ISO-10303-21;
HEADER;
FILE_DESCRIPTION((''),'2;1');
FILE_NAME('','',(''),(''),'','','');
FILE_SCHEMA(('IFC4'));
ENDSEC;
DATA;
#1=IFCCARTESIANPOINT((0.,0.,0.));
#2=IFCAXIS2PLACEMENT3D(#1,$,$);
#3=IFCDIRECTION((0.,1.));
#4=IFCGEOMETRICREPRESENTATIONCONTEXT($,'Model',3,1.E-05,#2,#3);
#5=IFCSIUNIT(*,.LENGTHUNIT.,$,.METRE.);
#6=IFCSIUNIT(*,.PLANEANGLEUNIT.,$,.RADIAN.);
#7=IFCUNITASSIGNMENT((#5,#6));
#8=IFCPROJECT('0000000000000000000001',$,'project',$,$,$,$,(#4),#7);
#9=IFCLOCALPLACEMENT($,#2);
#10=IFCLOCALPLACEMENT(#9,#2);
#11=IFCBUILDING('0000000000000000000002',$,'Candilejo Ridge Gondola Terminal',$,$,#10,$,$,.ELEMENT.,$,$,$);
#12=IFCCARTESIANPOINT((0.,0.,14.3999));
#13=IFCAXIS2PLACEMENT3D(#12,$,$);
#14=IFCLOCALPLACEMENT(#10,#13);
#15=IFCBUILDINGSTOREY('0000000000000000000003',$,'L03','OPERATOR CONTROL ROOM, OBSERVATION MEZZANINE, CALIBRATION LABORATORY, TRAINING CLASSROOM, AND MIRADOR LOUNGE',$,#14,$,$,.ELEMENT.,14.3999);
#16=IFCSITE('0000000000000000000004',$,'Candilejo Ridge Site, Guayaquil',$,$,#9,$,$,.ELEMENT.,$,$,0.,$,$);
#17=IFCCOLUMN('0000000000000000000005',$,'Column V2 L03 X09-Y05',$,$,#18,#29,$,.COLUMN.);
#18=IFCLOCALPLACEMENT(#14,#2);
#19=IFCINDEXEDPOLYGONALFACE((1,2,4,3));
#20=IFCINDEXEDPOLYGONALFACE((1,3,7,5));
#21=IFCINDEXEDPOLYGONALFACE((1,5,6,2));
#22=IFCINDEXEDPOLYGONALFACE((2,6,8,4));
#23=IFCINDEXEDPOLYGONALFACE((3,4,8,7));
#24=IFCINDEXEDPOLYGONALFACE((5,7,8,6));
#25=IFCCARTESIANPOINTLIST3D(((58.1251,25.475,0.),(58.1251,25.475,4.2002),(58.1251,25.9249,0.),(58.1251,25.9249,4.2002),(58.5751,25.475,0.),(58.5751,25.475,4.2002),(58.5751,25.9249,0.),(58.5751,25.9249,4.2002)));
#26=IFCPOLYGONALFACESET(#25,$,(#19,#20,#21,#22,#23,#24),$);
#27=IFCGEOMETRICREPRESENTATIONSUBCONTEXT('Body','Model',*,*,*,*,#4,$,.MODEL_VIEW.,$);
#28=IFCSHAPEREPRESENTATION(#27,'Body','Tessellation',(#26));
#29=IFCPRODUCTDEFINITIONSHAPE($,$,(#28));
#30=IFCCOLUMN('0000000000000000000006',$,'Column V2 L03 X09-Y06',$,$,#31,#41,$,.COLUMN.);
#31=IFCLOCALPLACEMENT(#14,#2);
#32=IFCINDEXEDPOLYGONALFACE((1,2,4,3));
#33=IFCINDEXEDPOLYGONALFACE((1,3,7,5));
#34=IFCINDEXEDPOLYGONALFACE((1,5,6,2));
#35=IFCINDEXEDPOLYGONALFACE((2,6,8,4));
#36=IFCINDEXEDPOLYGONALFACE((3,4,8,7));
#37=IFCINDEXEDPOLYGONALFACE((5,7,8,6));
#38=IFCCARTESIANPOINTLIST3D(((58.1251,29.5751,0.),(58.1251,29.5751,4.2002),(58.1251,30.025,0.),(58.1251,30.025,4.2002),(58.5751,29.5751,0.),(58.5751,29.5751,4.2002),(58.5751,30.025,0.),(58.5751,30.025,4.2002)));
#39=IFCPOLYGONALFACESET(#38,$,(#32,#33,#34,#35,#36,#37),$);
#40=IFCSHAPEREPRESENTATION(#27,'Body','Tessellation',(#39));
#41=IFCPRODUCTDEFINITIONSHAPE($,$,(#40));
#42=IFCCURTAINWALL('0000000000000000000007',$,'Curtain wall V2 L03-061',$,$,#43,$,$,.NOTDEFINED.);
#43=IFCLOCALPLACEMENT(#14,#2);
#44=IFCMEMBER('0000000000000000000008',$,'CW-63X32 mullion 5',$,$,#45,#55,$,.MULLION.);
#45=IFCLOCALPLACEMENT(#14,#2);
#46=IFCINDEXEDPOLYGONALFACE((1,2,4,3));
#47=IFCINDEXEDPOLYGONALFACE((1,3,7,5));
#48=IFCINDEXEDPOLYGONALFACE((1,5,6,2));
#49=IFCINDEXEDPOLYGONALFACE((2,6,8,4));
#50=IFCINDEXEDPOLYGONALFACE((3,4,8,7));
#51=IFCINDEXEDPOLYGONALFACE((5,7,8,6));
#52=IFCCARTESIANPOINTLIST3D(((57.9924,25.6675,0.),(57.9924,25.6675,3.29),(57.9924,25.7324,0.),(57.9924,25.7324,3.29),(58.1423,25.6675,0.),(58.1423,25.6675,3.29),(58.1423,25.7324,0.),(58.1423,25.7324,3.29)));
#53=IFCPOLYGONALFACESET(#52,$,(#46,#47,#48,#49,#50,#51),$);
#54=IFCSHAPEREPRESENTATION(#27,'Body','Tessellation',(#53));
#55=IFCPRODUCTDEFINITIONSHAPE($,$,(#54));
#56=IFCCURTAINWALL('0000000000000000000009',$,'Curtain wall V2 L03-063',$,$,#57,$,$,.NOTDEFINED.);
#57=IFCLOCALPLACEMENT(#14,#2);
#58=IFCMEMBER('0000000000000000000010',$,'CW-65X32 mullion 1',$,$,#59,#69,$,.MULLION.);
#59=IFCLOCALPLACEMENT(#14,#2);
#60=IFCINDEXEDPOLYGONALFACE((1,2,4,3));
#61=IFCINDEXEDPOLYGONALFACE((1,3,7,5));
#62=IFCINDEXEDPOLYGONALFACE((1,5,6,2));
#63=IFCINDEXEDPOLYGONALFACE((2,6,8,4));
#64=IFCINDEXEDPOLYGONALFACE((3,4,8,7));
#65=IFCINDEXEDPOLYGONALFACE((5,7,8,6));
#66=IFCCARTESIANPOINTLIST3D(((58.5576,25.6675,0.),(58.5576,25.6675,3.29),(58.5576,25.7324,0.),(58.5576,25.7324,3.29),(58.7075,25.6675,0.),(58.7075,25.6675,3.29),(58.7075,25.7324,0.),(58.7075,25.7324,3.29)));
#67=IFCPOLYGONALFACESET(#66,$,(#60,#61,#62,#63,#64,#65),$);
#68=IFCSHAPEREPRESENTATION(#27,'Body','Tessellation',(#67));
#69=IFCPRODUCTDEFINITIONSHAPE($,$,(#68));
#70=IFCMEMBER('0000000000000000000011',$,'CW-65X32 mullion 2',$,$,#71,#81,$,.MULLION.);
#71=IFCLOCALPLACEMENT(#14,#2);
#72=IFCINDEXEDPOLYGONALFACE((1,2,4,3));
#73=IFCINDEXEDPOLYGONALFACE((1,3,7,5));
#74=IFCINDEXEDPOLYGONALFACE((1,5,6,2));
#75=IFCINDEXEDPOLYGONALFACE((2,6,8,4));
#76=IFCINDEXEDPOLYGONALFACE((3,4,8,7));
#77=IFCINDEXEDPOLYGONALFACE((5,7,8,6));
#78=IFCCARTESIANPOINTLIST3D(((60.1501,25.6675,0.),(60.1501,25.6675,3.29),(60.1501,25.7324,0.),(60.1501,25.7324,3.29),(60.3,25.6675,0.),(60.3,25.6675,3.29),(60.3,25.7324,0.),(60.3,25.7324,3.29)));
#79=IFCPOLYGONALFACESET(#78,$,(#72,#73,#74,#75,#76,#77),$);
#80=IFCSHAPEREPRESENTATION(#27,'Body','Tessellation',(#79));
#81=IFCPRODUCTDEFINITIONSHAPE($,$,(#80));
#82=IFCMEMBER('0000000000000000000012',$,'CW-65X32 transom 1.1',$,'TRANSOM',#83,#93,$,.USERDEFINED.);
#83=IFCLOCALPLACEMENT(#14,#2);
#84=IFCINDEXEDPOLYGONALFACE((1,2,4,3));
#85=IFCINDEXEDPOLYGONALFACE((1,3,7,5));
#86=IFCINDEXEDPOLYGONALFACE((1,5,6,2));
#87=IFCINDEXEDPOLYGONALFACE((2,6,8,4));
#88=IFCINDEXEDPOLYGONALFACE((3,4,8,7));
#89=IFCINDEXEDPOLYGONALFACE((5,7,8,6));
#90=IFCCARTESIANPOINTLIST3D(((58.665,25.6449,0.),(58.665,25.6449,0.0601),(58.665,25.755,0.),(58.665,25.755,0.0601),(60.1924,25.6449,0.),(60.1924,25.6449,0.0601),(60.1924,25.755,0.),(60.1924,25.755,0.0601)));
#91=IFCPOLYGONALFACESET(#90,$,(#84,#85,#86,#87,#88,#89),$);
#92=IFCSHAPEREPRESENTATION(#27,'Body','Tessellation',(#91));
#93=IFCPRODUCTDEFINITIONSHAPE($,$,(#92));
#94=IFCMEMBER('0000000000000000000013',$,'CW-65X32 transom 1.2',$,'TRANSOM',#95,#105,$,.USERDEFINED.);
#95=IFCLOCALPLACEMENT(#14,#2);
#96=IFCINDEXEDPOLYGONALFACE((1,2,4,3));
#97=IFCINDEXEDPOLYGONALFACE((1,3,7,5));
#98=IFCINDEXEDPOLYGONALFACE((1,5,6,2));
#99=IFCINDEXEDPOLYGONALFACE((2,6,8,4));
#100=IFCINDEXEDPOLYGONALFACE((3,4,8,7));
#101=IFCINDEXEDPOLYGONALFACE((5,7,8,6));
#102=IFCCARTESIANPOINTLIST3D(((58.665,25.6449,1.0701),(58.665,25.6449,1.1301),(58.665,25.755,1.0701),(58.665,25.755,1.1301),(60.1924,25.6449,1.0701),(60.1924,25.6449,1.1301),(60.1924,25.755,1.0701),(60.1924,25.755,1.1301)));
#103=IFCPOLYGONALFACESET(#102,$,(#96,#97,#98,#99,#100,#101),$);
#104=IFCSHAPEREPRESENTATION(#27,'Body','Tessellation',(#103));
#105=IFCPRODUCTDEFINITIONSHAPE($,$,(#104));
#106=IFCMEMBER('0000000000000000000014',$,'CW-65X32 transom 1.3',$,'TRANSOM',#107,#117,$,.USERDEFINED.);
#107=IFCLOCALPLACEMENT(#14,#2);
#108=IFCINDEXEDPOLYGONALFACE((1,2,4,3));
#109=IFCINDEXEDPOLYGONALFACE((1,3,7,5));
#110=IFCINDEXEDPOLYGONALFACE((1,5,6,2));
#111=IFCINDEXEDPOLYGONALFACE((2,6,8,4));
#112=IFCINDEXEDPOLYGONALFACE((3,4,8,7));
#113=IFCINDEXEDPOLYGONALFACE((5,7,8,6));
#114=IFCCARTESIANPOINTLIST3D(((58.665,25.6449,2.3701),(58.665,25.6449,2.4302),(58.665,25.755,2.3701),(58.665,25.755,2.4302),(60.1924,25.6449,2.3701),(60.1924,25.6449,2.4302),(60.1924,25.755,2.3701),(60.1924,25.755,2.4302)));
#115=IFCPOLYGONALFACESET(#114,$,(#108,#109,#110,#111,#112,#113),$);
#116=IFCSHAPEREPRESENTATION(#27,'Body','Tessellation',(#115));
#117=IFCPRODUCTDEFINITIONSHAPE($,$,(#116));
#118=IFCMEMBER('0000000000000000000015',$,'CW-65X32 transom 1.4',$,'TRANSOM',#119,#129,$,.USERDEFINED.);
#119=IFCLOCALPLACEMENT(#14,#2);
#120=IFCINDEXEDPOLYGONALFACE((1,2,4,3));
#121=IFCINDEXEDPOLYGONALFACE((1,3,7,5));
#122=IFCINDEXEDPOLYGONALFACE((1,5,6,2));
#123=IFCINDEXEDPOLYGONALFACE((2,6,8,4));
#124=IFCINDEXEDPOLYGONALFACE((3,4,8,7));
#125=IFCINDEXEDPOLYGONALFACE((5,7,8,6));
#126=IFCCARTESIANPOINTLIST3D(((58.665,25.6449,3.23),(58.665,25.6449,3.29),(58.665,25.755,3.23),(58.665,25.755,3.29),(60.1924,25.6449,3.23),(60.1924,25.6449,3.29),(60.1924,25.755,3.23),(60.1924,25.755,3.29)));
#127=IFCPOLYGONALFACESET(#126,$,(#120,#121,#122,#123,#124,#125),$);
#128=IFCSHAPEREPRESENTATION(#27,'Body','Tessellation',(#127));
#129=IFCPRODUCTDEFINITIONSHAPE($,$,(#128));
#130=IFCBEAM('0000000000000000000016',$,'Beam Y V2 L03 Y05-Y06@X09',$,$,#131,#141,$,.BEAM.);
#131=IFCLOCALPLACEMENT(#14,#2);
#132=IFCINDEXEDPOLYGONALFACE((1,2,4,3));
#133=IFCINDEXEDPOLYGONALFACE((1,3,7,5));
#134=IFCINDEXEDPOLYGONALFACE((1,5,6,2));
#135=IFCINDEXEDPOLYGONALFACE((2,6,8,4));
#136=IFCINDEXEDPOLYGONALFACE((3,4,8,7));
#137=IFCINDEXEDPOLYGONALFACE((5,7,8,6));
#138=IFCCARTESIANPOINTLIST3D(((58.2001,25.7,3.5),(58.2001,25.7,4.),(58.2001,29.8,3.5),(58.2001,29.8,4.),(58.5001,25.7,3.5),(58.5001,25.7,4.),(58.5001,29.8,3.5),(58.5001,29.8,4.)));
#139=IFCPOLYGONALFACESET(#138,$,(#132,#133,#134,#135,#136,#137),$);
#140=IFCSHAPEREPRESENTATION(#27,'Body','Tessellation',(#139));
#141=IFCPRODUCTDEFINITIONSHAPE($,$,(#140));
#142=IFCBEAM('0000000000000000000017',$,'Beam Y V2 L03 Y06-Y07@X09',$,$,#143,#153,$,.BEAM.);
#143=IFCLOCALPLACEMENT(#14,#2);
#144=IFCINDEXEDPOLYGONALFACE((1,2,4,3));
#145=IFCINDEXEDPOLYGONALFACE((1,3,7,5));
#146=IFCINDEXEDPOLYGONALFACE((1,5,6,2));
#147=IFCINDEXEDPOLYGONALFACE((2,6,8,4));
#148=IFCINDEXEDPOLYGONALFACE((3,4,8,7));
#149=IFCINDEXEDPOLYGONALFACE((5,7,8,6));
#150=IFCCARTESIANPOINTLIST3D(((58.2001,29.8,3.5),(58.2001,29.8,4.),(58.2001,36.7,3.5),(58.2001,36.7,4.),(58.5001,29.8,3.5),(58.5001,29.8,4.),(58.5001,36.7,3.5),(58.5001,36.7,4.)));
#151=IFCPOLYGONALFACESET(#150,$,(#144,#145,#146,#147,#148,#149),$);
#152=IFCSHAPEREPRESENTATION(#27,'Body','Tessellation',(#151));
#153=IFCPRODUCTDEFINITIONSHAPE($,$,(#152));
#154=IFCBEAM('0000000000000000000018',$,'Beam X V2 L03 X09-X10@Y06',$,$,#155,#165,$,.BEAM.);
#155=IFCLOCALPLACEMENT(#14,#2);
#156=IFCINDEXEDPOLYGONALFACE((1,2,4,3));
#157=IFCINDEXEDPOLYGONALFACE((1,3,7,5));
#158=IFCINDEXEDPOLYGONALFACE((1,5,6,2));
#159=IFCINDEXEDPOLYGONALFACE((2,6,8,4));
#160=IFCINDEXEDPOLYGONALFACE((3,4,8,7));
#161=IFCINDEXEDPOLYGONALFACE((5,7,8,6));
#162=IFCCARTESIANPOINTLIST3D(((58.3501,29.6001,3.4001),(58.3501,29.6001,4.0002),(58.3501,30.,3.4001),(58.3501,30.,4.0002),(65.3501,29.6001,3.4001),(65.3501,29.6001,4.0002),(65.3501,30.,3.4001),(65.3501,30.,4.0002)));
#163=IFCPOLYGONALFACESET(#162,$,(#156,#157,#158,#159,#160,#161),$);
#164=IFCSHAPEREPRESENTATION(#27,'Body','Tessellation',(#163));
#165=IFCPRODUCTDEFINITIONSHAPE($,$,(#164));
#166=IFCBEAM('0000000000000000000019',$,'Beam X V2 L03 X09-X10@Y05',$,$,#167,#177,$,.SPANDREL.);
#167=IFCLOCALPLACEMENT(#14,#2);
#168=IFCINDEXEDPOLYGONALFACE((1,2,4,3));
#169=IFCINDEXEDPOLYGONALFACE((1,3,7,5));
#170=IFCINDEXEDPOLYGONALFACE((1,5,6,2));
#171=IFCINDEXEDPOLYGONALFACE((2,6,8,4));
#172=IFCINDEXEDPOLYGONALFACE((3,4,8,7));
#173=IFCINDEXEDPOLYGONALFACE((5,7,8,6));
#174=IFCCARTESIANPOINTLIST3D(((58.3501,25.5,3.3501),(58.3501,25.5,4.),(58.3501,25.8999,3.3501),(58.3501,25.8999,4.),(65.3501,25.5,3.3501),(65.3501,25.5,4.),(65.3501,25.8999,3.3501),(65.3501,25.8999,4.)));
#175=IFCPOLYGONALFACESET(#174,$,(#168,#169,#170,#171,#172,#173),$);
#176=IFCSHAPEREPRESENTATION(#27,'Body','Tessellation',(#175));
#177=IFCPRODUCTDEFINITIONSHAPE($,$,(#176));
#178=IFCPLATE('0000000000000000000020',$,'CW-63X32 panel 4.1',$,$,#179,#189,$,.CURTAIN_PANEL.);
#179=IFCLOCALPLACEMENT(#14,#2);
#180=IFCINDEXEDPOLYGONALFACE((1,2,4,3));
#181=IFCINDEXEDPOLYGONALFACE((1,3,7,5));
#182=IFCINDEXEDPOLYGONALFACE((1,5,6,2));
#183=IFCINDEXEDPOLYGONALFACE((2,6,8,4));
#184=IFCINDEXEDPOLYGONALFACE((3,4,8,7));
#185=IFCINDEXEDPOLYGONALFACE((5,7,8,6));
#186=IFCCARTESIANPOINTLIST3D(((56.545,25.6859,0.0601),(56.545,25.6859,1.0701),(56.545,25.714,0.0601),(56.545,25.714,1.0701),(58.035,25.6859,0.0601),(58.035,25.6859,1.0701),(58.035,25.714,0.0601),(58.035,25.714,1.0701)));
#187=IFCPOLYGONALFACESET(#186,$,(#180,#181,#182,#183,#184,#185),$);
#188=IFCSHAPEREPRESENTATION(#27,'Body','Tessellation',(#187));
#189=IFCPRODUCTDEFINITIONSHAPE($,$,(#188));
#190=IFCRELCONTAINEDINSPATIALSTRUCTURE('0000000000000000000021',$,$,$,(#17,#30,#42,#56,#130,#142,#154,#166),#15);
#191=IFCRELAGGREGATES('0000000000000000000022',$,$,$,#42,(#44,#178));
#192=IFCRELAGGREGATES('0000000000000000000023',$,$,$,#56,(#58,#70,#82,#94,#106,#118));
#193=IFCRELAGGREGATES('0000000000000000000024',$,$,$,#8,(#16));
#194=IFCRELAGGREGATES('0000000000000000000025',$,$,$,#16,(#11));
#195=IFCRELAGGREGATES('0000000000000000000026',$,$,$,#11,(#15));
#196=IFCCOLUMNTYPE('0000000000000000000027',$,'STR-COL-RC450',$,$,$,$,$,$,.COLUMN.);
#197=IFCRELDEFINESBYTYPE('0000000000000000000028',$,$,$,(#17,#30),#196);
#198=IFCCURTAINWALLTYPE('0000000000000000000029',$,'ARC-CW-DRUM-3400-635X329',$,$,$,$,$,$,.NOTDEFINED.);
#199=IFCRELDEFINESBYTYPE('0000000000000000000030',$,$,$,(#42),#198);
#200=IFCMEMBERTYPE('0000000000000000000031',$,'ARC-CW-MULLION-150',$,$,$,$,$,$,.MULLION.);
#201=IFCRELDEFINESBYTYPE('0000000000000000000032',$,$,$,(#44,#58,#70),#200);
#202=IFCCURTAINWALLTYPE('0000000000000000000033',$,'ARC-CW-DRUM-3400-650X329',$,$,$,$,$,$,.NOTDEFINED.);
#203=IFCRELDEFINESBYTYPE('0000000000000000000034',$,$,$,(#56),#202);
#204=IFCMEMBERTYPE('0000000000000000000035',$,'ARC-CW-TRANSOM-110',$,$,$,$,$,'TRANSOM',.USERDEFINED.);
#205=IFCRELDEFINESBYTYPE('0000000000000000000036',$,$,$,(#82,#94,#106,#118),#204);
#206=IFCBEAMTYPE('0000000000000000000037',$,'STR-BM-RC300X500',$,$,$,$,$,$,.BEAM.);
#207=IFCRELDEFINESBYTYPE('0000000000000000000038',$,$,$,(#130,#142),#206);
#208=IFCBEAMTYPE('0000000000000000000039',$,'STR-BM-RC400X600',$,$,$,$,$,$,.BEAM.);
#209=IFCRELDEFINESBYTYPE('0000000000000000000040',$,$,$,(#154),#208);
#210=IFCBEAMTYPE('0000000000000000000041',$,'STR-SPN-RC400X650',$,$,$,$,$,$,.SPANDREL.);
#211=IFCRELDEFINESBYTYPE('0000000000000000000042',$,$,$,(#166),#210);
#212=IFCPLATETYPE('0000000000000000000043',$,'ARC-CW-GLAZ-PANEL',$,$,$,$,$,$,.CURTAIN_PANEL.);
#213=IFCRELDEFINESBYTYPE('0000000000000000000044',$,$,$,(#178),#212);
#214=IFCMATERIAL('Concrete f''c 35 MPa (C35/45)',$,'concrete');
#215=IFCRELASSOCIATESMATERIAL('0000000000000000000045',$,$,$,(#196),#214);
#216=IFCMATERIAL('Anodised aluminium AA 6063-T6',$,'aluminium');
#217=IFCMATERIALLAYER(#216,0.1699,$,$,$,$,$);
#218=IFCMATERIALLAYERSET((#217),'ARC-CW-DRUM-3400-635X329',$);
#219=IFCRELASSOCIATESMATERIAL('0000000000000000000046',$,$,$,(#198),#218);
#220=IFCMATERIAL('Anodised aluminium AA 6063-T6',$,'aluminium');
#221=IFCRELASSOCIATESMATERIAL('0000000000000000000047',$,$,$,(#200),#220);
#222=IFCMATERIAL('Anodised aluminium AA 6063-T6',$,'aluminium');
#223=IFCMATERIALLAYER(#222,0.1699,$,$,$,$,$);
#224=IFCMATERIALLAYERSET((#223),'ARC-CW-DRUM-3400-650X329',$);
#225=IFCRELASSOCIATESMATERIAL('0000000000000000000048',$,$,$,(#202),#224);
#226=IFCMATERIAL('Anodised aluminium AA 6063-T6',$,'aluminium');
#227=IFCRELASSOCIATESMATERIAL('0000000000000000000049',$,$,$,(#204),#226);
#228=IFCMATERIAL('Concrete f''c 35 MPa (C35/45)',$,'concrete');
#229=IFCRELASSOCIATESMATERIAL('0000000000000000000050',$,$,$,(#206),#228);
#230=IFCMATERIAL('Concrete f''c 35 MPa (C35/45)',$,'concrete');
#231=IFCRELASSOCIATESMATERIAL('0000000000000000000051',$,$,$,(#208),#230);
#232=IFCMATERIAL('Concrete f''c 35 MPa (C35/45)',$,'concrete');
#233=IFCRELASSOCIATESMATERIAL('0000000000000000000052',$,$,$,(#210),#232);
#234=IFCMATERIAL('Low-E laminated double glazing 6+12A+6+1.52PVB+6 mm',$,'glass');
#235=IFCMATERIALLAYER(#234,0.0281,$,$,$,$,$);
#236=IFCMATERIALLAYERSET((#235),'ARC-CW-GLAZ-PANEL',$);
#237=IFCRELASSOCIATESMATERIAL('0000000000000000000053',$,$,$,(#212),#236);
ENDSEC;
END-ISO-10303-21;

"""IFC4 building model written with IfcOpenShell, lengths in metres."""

from ifc_helpers import new_model, si_unit, direction, frame, origin, origin_2d, place, context, subcontext, project, spatial, rectangle, extrude, material, layer, layer_set, material_profile, profile_set, type_object, element, aggregate, save


model = new_model("IFC4")

# Units and contexts
model_context = context("Model", 3, precision=1e-05, world=origin(), true_north=direction((0.0, 1.0)))
body_context = subcontext(model_context, "Body", "Model", "MODEL_VIEW")
ifc_project = project(units=[si_unit("LENGTHUNIT", "METRE"), si_unit("PLANEANGLEUNIT", "RADIAN")], contexts=[model_context])

# Site, building, storey
site_placement = place(None, origin())
site = spatial("IfcSite", under=ifc_project, at=site_placement, Name="Candilejo Ridge Site, Guayaquil", CompositionType="ELEMENT", RefElevation=0.0)
building_placement = place(site_placement, origin())
building = spatial("IfcBuilding", under=site, at=building_placement, Name="Candilejo Ridge Gondola Terminal", CompositionType="ELEMENT")
storey_placement = place(building_placement, frame((0.0, 0.0, 14.3999)))
storey = spatial("IfcBuildingStorey", under=building, at=storey_placement, Name="L03", Description="OPERATOR CONTROL ROOM, OBSERVATION MEZZANINE, CALIBRATION LABORATORY, TRAINING CLASSROOM, AND MIRADOR LOUNGE", CompositionType="ELEMENT", Elevation=14.3999)

# Columns
ifc_material_1 = material(Name="Concrete f'c 35 MPa (C35/45)", Category="concrete")
ifc_material_profile_1 = material_profile(ifc_material_1, rectangle(XDim=0.45, YDim=0.45, at=origin_2d()))
ifc_profile_set_1 = profile_set([ifc_material_profile_1], Name="Concrete f'c 35 MPa (C35/45)")
column_type = type_object("IfcColumnType", Name="STR-COL-RC450", PredefinedType="COLUMN", material=ifc_profile_set_1)
for number, where, z_axis, x_axis, name in (
    (1, (58.3501, 25.7, 0.0), (0.0, 0.0, 1.0), (1.0, 0.0, 0.0), "Column V2 L03 X09-Y05"),
    (2, (58.3501, 29.8, 0.0), (0.0, 0.0, 1.0), (1.0, 0.0, 0.0), "Column V2 L03 X09-Y06"),
):
    element("IfcColumn", number, at=place(storey_placement, frame(where, z_axis=z_axis, x_axis=x_axis)), inside=storey, type_object=column_type, Name=name, PredefinedType="COLUMN", context=body_context, shape_type="SweptSolid", body=[
        extrude(rectangle(XDim=0.45, YDim=0.45, at=origin_2d()), origin(), (0.0, 0.0, 1.0), 4.2002),
    ])

# Curtain wall, member
ifc_material_2 = material(Name="Anodised aluminium AA 6063-T6", Category="aluminium")
ifc_layer_1 = layer(ifc_material_2, 0.1699)
ifc_layer_set_1 = layer_set([ifc_layer_1], Name="ARC-CW-DRUM-3400-635X329")
curtain_wall_type_1 = type_object("IfcCurtainWallType", Name="ARC-CW-DRUM-3400-635X329", PredefinedType="NOTDEFINED", material=ifc_layer_set_1)
curtain_wall_1_placement = place(storey_placement, origin())
curtain_wall_1 = element("IfcCurtainWall", 3, at=curtain_wall_1_placement, inside=storey, type_object=curtain_wall_type_1, Name="Curtain wall V2 L03-061", PredefinedType="NOTDEFINED")
ifc_material_3 = material(Name="Anodised aluminium AA 6063-T6", Category="aluminium")
ifc_material_profile_2 = material_profile(ifc_material_3, rectangle(XDim=0.0649, YDim=0.1499, at=origin_2d()))
ifc_profile_set_2 = profile_set([ifc_material_profile_2], Name="Anodised aluminium AA 6063-T6")
member_type_1 = type_object("IfcMemberType", Name="ARC-CW-MULLION-150", PredefinedType="MULLION", material=ifc_profile_set_2)
member_1_placement = place(storey_placement, frame((58.0674, 25.7, 0.0), z_axis=(0.0, 0.0, 1.0), x_axis=(0.0, 1.0, 0.0)))
member_1 = element("IfcMember", 4, at=member_1_placement, type_object=member_type_1, Name="CW-63X32 mullion 5", PredefinedType="MULLION", context=body_context, shape_type="SweptSolid", body=[
    extrude(rectangle(XDim=0.0649, YDim=0.1499, at=origin_2d()), origin(), (0.0, 0.0, 1.0), 3.29),
])

# Curtain wall, members
ifc_material_4 = material(Name="Anodised aluminium AA 6063-T6", Category="aluminium")
ifc_layer_2 = layer(ifc_material_4, 0.1699)
ifc_layer_set_2 = layer_set([ifc_layer_2], Name="ARC-CW-DRUM-3400-650X329")
curtain_wall_type_2 = type_object("IfcCurtainWallType", Name="ARC-CW-DRUM-3400-650X329", PredefinedType="NOTDEFINED", material=ifc_layer_set_2)
curtain_wall_2_placement = place(storey_placement, origin())
curtain_wall_2 = element("IfcCurtainWall", 5, at=curtain_wall_2_placement, inside=storey, type_object=curtain_wall_type_2, Name="Curtain wall V2 L03-063", PredefinedType="NOTDEFINED")
member_2_placement = place(storey_placement, frame((58.6326, 25.7, 0.0), z_axis=(0.0, 0.0, 1.0), x_axis=(0.0, 1.0, 0.0)))
member_2 = element("IfcMember", 6, at=member_2_placement, type_object=member_type_1, Name="CW-65X32 mullion 1", PredefinedType="MULLION", context=body_context, shape_type="SweptSolid", body=[
    extrude(rectangle(XDim=0.0649, YDim=0.1499, at=origin_2d()), origin(), (0.0, 0.0, 1.0), 3.29),
])
member_3_placement = place(storey_placement, frame((60.2251, 25.7, 0.0), z_axis=(0.0, 0.0, 1.0), x_axis=(0.0, 1.0, 0.0)))
member_3 = element("IfcMember", 7, at=member_3_placement, type_object=member_type_1, Name="CW-65X32 mullion 2", PredefinedType="MULLION", context=body_context, shape_type="SweptSolid", body=[
    extrude(rectangle(XDim=0.0649, YDim=0.1499, at=origin_2d()), origin(), (0.0, 0.0, 1.0), 3.29),
])
ifc_material_5 = material(Name="Anodised aluminium AA 6063-T6", Category="aluminium")
ifc_material_profile_3 = material_profile(ifc_material_5, rectangle(XDim=0.1101, YDim=0.0601, at=origin_2d()))
ifc_profile_set_3 = profile_set([ifc_material_profile_3], Name="Anodised aluminium AA 6063-T6")
member_type_2 = type_object("IfcMemberType", Name="ARC-CW-TRANSOM-110", ElementType="TRANSOM", PredefinedType="USERDEFINED", material=ifc_profile_set_3)
member_4_placement = place(storey_placement, frame((58.665, 25.7, 0.03), z_axis=(1.0, 0.0, 0.0), x_axis=(0.0, 1.0, 0.0)))
member_4 = element("IfcMember", 8, at=member_4_placement, type_object=member_type_2, Name="CW-65X32 transom 1.1", ObjectType="TRANSOM", PredefinedType="USERDEFINED", context=body_context, shape_type="SweptSolid", body=[
    extrude(rectangle(XDim=0.1101, YDim=0.0601, at=origin_2d()), origin(), (0.0, 0.0, 1.0), 1.5273),
])
member_5_placement = place(storey_placement, frame((58.665, 25.7, 1.1001), z_axis=(1.0, 0.0, 0.0), x_axis=(0.0, 1.0, 0.0)))
member_5 = element("IfcMember", 9, at=member_5_placement, type_object=member_type_2, Name="CW-65X32 transom 1.2", ObjectType="TRANSOM", PredefinedType="USERDEFINED", context=body_context, shape_type="SweptSolid", body=[
    extrude(rectangle(XDim=0.1101, YDim=0.0601, at=origin_2d()), origin(), (0.0, 0.0, 1.0), 1.5273),
])
member_6_placement = place(storey_placement, frame((58.665, 25.7, 2.4001), z_axis=(1.0, 0.0, 0.0), x_axis=(0.0, 1.0, 0.0)))
member_6 = element("IfcMember", 10, at=member_6_placement, type_object=member_type_2, Name="CW-65X32 transom 1.3", ObjectType="TRANSOM", PredefinedType="USERDEFINED", context=body_context, shape_type="SweptSolid", body=[
    extrude(rectangle(XDim=0.1101, YDim=0.0601, at=origin_2d()), origin(), (0.0, 0.0, 1.0), 1.5273),
])
member_7_placement = place(storey_placement, frame((58.665, 25.7, 3.26), z_axis=(1.0, 0.0, 0.0), x_axis=(0.0, 1.0, 0.0)))
member_7 = element("IfcMember", 11, at=member_7_placement, type_object=member_type_2, Name="CW-65X32 transom 1.4", ObjectType="TRANSOM", PredefinedType="USERDEFINED", context=body_context, shape_type="SweptSolid", body=[
    extrude(rectangle(XDim=0.1101, YDim=0.0601, at=origin_2d()), origin(), (0.0, 0.0, 1.0), 1.5273),
])

# Beams
ifc_material_6 = material(Name="Concrete f'c 35 MPa (C35/45)", Category="concrete")
ifc_material_profile_4 = material_profile(ifc_material_6, rectangle(XDim=0.3, YDim=0.5, at=origin_2d()))
ifc_profile_set_4 = profile_set([ifc_material_profile_4], Name="Concrete f'c 35 MPa (C35/45)")
beam_type_1 = type_object("IfcBeamType", Name="STR-BM-RC300X500", PredefinedType="BEAM", material=ifc_profile_set_4)
beam_1_placement = place(storey_placement, frame((58.3501, 25.7, 3.75), z_axis=(0.0, 1.0, 0.0), x_axis=(-1.0, 0.0, 0.0)))
element("IfcBeam", 12, at=beam_1_placement, inside=storey, type_object=beam_type_1, Name="Beam Y V2 L03 Y05-Y06@X09", PredefinedType="BEAM", context=body_context, shape_type="SweptSolid", body=[
    extrude(rectangle(XDim=0.3, YDim=0.5, at=origin_2d()), origin(), (0.0, 0.0, 1.0), 4.1001),
])
beam_2_placement = place(storey_placement, frame((58.3501, 29.8, 3.75), z_axis=(0.0, 1.0, 0.0), x_axis=(-1.0, 0.0, 0.0)))
element("IfcBeam", 13, at=beam_2_placement, inside=storey, type_object=beam_type_1, Name="Beam Y V2 L03 Y06-Y07@X09", PredefinedType="BEAM", context=body_context, shape_type="SweptSolid", body=[
    extrude(rectangle(XDim=0.3, YDim=0.5, at=origin_2d()), origin(), (0.0, 0.0, 1.0), 6.8999),
])
ifc_material_7 = material(Name="Concrete f'c 35 MPa (C35/45)", Category="concrete")
ifc_material_profile_5 = material_profile(ifc_material_7, rectangle(XDim=0.3999, YDim=0.6001, at=origin_2d()))
ifc_profile_set_5 = profile_set([ifc_material_profile_5], Name="Concrete f'c 35 MPa (C35/45)")
beam_type_2 = type_object("IfcBeamType", Name="STR-BM-RC400X600", PredefinedType="BEAM", material=ifc_profile_set_5)
beam_3_placement = place(storey_placement, frame((58.3501, 29.8, 3.7002), z_axis=(1.0, 0.0, 0.0), x_axis=(0.0, 1.0, 0.0)))
element("IfcBeam", 14, at=beam_3_placement, inside=storey, type_object=beam_type_2, Name="Beam X V2 L03 X09-X10@Y06", PredefinedType="BEAM", context=body_context, shape_type="SweptSolid", body=[
    extrude(rectangle(XDim=0.3999, YDim=0.6001, at=origin_2d()), origin(), (0.0, 0.0, 1.0), 7.0),
])
ifc_material_8 = material(Name="Concrete f'c 35 MPa (C35/45)", Category="concrete")
ifc_material_profile_6 = material_profile(ifc_material_8, rectangle(XDim=0.3999, YDim=0.6499, at=origin_2d()))
ifc_profile_set_6 = profile_set([ifc_material_profile_6], Name="Concrete f'c 35 MPa (C35/45)")
beam_type_3 = type_object("IfcBeamType", Name="STR-SPN-RC400X650", PredefinedType="SPANDREL", material=ifc_profile_set_6)
beam_4_placement = place(storey_placement, frame((58.3501, 25.7, 3.675), z_axis=(1.0, 0.0, 0.0), x_axis=(0.0, 1.0, 0.0)))
element("IfcBeam", 15, at=beam_4_placement, inside=storey, type_object=beam_type_3, Name="Beam X V2 L03 X09-X10@Y05", PredefinedType="SPANDREL", context=body_context, shape_type="SweptSolid", body=[
    extrude(rectangle(XDim=0.3999, YDim=0.6499, at=origin_2d()), origin(), (0.0, 0.0, 1.0), 7.0),
])

# Plate
ifc_material_9 = material(Name="Low-E laminated double glazing 6+12A+6+1.52PVB+6 mm", Category="glass")
ifc_layer_3 = layer(ifc_material_9, 0.0281)
ifc_layer_set_3 = layer_set([ifc_layer_3], Name="ARC-CW-GLAZ-PANEL")
plate_type = type_object("IfcPlateType", Name="ARC-CW-GLAZ-PANEL", PredefinedType="CURTAIN_PANEL", material=ifc_layer_set_3)
plate_1_placement = place(storey_placement, frame((57.29, 25.7, 0.0601), z_axis=(0.0, 0.0, 1.0), x_axis=(1.0, 0.0, 0.0)))
plate_1 = element("IfcPlate", 16, at=plate_1_placement, type_object=plate_type, Name="CW-63X32 panel 4.1", PredefinedType="CURTAIN_PANEL", context=body_context, shape_type="SweptSolid", body=[
    extrude(rectangle(XDim=1.49, YDim=0.0281, at=origin_2d()), origin(), (0.0, 0.0, 1.0), 1.01),
])
aggregate(curtain_wall_1, [member_1, plate_1])
aggregate(curtain_wall_2, [member_2, member_3, member_4, member_5, member_6, member_7])

save(model, "model.ifc")
